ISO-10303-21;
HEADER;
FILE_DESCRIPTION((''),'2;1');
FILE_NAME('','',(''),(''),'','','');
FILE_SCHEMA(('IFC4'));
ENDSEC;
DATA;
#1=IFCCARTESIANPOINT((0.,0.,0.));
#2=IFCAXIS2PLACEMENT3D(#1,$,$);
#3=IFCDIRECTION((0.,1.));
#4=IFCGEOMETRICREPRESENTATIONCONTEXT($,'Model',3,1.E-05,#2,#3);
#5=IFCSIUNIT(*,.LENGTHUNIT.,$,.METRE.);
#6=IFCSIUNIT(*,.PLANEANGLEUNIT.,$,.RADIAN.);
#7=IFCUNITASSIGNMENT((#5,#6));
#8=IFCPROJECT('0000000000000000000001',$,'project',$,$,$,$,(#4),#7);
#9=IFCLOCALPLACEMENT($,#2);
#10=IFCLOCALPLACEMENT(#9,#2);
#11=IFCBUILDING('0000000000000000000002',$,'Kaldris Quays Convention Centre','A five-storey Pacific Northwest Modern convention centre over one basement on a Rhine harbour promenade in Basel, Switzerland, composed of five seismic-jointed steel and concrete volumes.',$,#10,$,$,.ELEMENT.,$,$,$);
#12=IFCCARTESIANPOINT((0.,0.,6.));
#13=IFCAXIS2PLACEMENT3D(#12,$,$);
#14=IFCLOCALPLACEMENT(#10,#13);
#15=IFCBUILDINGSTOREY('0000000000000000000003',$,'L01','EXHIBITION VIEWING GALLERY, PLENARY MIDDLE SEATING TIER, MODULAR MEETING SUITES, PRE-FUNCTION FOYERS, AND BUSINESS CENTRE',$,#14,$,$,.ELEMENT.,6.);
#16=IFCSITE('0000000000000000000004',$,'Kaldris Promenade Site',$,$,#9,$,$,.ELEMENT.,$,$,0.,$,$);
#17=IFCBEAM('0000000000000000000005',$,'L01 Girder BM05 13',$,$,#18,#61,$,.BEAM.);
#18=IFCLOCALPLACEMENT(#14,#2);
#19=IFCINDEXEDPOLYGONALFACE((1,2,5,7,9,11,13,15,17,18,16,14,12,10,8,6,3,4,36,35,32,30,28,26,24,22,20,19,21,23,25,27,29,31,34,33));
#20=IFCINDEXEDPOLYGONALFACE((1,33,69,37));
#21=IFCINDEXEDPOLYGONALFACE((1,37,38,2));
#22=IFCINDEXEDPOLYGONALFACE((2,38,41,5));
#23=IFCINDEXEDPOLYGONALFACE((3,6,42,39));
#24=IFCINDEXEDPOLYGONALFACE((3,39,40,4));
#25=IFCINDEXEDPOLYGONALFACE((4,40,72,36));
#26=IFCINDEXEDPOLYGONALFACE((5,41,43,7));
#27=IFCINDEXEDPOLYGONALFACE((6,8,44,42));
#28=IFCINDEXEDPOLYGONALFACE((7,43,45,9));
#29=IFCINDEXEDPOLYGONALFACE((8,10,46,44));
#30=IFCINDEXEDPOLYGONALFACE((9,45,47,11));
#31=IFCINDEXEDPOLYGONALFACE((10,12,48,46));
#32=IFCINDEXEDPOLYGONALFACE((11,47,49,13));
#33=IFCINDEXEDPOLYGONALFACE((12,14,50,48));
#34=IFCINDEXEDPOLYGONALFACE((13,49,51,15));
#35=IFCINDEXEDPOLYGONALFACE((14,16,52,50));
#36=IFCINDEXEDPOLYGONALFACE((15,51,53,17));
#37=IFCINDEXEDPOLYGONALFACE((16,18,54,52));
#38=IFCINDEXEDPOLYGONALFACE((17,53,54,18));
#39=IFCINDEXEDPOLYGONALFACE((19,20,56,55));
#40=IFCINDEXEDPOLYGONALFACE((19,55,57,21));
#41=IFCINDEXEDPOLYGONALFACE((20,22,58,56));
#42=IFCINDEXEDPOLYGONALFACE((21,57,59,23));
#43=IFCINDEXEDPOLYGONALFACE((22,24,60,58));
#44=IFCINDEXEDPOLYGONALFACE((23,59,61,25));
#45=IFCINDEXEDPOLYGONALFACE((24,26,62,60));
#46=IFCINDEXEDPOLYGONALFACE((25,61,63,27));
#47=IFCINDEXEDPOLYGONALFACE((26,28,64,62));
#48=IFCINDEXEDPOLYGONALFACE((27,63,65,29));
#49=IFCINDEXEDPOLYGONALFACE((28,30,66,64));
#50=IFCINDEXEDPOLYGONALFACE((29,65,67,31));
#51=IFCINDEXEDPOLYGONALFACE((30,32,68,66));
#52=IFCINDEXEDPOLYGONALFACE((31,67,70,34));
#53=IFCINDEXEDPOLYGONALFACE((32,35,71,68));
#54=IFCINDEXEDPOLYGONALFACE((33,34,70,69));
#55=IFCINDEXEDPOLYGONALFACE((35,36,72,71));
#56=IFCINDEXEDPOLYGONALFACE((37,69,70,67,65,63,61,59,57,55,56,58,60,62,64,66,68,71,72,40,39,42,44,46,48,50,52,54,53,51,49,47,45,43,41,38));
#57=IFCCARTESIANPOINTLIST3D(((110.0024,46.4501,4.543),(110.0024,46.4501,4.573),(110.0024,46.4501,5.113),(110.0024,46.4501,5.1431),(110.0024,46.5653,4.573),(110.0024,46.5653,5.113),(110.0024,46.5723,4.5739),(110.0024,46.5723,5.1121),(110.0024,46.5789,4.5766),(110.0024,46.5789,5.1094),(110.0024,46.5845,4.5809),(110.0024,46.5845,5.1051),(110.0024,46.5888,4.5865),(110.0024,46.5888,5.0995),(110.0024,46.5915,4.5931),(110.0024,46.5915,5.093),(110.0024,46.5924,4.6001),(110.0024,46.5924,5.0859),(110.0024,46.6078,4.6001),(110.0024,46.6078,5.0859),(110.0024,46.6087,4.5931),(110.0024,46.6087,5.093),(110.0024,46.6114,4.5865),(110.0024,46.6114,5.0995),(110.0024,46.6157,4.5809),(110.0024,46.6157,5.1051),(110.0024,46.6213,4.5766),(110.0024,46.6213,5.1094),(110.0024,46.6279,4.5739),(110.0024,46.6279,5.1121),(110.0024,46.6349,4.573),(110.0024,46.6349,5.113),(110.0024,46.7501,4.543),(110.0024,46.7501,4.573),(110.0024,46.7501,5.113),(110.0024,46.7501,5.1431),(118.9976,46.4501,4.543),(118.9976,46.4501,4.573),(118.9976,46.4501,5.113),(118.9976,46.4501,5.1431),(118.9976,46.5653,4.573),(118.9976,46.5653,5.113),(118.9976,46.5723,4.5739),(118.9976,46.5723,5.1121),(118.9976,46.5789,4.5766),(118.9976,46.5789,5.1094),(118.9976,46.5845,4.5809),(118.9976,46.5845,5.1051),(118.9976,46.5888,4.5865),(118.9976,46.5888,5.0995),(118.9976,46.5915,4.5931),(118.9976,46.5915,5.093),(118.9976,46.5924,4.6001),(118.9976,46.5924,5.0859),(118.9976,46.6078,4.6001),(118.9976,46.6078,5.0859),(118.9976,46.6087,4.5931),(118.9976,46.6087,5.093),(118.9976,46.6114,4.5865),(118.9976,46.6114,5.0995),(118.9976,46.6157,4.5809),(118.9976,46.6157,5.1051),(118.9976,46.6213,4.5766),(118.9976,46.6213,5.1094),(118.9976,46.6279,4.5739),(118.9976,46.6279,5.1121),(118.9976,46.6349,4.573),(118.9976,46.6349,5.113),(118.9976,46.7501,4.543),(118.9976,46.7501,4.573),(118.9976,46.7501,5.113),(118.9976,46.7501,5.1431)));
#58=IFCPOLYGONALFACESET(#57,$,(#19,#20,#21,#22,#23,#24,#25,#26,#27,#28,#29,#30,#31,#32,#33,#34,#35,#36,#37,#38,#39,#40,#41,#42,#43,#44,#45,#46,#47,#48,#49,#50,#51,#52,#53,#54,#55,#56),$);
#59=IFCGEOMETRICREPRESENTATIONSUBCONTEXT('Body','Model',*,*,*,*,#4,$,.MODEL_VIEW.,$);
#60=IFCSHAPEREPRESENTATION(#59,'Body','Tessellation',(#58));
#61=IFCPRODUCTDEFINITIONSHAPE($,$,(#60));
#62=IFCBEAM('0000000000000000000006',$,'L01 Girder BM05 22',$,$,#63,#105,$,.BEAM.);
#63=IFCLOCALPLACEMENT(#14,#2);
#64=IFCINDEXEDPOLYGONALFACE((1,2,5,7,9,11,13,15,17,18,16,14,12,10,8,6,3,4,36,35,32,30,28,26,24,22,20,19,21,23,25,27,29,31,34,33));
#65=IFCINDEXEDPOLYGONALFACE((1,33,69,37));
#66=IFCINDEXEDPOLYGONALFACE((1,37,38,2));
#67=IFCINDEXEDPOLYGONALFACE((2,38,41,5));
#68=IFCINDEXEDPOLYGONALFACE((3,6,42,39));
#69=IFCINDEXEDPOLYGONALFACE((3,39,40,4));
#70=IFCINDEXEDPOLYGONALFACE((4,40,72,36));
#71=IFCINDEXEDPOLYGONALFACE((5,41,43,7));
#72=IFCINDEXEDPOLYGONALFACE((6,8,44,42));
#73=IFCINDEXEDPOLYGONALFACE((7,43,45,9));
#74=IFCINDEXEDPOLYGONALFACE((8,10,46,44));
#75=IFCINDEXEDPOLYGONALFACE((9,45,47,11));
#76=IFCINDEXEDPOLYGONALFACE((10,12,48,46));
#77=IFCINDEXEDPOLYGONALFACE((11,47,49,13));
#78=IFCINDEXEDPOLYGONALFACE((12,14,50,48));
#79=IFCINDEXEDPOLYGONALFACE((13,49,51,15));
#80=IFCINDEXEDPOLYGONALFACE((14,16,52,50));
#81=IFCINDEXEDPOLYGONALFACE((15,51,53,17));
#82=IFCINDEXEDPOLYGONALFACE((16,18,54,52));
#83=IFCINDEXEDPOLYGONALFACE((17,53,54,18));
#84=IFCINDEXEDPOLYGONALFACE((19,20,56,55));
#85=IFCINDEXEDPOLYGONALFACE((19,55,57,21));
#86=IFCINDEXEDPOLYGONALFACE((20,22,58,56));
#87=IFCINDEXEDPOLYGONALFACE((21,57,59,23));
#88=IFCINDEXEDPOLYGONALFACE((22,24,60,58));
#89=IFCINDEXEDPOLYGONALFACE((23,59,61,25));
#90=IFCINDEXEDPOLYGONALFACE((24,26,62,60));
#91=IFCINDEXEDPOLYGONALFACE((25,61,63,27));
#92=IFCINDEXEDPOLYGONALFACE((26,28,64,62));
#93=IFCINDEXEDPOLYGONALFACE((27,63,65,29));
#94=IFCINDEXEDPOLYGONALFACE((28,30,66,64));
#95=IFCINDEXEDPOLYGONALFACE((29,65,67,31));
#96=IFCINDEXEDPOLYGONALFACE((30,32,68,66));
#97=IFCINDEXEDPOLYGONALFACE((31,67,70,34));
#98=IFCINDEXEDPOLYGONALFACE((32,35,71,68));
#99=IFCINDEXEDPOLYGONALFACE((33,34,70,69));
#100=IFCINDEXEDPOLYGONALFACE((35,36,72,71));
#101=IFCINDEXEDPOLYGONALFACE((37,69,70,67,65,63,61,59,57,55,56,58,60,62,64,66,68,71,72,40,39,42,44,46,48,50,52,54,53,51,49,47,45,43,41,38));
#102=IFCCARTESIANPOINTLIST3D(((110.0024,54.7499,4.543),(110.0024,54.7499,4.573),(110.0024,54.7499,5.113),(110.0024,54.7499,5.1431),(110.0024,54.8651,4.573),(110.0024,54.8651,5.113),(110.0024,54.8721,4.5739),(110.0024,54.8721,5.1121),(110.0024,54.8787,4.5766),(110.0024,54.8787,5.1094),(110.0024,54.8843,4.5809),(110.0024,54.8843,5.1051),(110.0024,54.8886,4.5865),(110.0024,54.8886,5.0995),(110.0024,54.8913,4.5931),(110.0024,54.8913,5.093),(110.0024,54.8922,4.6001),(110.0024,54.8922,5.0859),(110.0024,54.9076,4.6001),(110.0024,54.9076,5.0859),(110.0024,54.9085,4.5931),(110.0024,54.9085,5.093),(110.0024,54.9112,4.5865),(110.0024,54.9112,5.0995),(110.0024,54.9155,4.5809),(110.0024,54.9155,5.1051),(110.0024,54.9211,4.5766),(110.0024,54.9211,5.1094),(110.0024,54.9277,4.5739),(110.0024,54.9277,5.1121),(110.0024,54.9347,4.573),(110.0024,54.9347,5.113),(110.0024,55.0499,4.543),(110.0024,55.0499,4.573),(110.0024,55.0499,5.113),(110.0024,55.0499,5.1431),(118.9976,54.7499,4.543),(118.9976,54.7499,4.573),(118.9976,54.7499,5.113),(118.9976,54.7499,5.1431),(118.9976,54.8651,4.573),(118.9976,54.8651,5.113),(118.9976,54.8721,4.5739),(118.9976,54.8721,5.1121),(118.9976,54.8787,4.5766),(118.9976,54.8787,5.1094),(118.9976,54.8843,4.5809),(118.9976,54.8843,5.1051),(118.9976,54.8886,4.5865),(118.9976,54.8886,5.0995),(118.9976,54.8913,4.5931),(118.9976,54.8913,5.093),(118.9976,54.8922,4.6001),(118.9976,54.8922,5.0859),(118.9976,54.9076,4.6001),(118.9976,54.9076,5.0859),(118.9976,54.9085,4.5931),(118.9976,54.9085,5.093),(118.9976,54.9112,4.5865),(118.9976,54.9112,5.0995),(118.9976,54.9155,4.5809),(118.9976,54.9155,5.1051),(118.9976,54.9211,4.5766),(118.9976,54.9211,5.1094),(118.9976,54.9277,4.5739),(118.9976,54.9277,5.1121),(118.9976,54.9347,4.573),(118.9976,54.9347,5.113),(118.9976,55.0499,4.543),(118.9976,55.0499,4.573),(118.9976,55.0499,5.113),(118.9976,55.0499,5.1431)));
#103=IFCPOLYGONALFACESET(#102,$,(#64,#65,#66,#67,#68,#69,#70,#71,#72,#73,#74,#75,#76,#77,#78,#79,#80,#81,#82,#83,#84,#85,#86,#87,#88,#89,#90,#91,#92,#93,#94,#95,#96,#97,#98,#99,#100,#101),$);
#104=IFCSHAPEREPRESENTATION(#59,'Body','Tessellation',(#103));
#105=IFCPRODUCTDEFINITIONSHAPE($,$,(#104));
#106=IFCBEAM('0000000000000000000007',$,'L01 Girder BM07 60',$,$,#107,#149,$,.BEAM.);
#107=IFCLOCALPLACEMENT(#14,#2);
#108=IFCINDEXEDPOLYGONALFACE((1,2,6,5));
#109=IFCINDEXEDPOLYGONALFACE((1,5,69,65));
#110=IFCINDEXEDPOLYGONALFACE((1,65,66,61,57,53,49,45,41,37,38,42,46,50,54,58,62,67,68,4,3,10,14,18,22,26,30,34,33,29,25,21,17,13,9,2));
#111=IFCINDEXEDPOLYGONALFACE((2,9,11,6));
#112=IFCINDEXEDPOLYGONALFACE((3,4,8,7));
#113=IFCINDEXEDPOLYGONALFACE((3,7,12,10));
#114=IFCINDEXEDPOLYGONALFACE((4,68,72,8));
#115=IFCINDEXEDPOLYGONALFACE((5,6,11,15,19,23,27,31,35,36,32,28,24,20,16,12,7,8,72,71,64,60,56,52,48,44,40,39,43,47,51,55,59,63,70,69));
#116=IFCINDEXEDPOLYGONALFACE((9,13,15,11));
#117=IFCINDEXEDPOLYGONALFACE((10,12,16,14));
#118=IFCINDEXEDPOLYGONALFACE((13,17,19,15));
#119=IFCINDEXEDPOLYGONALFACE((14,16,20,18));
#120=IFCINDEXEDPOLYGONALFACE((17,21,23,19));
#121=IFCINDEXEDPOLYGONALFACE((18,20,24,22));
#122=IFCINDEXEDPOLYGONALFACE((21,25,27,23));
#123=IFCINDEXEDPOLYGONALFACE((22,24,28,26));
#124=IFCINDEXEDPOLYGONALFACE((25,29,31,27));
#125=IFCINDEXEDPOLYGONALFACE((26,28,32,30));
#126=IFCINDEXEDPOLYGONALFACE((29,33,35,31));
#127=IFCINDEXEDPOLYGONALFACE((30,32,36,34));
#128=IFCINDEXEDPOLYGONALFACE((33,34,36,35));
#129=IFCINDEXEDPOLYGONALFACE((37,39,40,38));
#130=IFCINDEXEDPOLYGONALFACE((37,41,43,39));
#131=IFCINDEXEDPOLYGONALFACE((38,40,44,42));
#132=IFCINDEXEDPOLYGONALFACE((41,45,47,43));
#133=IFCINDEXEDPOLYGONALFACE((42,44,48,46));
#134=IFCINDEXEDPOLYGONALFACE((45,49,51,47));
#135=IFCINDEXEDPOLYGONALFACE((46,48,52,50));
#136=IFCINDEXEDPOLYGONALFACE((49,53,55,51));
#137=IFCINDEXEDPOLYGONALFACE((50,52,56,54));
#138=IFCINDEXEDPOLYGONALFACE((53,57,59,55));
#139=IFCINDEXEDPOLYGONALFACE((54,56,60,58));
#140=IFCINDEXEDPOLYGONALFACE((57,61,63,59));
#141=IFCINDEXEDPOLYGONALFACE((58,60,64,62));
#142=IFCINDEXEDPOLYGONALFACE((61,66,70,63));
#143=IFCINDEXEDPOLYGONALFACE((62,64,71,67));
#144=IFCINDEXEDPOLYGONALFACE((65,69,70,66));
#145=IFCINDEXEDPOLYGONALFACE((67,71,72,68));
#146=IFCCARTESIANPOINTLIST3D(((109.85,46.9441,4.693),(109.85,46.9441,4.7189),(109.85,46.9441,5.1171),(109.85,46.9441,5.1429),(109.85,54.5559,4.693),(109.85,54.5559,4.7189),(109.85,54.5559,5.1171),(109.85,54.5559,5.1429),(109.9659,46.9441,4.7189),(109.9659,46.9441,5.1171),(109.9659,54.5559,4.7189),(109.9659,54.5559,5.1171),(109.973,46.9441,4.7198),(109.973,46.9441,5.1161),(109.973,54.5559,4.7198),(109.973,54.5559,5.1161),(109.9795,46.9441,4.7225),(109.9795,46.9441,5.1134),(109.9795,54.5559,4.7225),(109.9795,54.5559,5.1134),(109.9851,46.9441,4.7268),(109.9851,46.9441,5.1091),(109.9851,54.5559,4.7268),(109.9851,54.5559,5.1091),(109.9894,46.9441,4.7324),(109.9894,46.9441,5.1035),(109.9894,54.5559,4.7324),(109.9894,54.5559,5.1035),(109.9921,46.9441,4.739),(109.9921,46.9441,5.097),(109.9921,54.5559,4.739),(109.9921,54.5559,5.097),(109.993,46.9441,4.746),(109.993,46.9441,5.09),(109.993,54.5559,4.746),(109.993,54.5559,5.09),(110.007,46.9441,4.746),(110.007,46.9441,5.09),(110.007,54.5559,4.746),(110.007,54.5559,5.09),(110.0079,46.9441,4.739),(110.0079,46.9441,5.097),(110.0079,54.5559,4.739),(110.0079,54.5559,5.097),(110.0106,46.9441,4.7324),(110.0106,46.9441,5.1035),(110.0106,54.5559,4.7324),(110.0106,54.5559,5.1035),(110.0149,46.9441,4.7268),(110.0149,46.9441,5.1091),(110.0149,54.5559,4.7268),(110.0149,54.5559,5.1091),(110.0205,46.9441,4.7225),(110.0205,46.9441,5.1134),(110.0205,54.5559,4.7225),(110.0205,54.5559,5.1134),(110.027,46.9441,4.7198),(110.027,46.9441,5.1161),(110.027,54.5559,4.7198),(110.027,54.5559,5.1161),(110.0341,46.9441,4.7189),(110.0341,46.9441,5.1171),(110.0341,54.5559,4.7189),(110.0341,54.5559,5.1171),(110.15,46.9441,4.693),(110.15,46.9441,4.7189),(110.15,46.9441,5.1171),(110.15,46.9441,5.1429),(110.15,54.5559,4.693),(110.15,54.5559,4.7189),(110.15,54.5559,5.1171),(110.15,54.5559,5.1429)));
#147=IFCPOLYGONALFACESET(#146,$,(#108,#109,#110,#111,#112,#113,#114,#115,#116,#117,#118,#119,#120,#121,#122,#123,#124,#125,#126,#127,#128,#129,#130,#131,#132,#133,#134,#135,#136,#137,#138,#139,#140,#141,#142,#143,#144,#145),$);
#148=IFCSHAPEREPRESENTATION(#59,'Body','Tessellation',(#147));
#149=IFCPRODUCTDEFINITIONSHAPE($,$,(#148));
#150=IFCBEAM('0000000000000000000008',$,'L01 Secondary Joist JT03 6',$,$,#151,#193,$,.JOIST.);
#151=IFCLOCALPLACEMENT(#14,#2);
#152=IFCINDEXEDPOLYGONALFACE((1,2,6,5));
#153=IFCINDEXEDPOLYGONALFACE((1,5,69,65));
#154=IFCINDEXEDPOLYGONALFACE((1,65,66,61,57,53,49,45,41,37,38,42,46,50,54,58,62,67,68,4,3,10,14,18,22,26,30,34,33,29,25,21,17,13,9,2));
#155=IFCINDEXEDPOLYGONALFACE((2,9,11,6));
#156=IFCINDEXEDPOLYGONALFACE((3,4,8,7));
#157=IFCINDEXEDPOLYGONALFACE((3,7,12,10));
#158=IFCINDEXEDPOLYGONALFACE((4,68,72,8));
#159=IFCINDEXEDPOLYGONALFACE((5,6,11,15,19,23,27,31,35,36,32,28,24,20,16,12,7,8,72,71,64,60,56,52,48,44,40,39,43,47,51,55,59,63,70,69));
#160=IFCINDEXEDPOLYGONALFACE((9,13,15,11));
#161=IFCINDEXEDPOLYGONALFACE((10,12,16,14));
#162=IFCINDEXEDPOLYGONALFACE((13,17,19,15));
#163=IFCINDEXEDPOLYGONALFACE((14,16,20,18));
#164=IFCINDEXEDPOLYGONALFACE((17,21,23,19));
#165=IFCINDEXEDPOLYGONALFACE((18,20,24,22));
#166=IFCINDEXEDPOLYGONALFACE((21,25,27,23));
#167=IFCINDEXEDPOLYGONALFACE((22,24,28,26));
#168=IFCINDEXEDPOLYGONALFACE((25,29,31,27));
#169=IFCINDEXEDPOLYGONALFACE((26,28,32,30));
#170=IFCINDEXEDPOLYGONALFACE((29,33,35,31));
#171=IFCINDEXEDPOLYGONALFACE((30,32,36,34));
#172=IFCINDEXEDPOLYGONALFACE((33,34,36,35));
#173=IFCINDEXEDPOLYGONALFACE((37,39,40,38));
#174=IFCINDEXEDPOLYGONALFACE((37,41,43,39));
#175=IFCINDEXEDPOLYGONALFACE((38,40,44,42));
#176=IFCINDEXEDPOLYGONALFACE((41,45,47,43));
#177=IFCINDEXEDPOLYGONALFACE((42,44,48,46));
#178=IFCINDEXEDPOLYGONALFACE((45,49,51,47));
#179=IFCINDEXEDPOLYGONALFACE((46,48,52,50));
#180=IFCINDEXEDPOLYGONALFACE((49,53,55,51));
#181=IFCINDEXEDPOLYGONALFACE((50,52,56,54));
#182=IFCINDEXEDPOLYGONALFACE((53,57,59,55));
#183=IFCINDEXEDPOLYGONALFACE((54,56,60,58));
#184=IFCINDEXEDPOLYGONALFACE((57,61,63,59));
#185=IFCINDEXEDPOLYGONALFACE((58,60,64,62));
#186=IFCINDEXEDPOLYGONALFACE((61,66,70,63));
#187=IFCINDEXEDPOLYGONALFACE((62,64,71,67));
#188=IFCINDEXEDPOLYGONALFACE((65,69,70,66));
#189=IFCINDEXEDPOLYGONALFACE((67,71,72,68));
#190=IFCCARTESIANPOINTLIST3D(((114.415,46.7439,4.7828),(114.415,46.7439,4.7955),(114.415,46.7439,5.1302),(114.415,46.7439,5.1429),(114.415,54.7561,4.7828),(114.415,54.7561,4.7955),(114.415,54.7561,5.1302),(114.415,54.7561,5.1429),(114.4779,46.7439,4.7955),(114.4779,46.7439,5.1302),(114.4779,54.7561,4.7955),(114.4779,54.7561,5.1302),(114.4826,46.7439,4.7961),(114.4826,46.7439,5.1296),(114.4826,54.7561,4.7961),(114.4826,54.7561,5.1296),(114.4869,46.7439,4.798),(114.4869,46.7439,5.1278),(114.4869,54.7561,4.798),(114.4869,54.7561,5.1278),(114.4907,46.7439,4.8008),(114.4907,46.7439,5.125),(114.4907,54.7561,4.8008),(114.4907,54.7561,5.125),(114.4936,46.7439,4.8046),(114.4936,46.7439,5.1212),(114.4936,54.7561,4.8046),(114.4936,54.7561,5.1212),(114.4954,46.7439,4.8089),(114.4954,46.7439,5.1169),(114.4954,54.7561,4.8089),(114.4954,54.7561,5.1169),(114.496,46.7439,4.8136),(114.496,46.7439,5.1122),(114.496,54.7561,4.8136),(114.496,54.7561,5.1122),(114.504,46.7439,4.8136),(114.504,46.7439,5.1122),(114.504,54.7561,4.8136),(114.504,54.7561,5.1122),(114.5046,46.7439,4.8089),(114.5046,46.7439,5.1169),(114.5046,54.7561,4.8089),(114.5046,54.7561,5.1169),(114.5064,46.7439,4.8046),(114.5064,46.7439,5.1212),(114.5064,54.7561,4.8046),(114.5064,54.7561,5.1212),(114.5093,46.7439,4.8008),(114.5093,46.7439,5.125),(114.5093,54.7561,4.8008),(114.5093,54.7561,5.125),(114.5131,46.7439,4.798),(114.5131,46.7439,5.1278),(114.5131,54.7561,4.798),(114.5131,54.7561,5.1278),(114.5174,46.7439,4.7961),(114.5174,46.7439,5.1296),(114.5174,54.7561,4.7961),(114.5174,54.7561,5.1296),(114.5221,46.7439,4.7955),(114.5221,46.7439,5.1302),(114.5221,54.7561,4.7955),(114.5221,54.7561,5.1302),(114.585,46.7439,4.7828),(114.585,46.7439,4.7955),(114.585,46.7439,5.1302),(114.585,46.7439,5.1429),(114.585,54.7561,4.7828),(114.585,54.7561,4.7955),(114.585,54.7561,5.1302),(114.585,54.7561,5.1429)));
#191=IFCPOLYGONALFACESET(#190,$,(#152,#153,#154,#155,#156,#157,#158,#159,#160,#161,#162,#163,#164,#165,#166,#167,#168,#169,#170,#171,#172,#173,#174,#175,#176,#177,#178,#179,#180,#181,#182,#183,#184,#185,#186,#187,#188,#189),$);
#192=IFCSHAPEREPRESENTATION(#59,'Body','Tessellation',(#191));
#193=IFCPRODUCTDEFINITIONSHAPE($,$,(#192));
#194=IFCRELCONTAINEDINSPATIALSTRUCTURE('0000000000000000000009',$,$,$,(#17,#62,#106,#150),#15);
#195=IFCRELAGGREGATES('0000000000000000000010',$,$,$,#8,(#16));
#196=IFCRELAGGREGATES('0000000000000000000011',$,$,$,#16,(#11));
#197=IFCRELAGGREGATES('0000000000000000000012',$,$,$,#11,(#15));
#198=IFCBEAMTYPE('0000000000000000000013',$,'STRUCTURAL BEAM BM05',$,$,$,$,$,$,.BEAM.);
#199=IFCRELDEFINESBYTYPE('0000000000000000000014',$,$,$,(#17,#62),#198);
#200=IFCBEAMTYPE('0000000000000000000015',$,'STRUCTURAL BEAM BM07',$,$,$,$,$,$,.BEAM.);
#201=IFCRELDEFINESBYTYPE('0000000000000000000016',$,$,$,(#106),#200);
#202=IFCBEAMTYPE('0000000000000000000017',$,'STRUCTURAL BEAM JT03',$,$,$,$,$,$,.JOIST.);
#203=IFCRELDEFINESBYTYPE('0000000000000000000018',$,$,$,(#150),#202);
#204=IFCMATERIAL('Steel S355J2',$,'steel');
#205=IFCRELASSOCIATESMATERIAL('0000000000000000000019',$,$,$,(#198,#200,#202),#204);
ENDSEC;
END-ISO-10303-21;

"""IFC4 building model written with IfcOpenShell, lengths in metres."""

from ifc_helpers import new_model, si_unit, direction, frame, origin, origin_2d, place, context, subcontext, project, spatial, i_section, extrude, material, material_profile, profile_set, type_object, element, save


model = new_model("IFC4")

# Units and contexts
model_context = context("Model", 3, precision=1e-05, world=origin(), true_north=direction((0.0, 1.0)))
body_context = subcontext(model_context, "Body", "Model", "MODEL_VIEW")
ifc_project = project(units=[si_unit("LENGTHUNIT", "METRE"), si_unit("PLANEANGLEUNIT", "RADIAN")], contexts=[model_context])

# Site, building, storey
site_placement = place(None, origin())
site = spatial("IfcSite", under=ifc_project, at=site_placement, Name="Kaldris Promenade Site", CompositionType="ELEMENT", RefElevation=0.0)
building_placement = place(site_placement, origin())
building = spatial("IfcBuilding", under=site, at=building_placement, Name="Kaldris Quays Convention Centre", Description="A five-storey Pacific Northwest Modern convention centre over one basement on a Rhine harbour promenade in Basel, Switzerland, composed of five seismic-jointed steel and concrete volumes.", CompositionType="ELEMENT")
storey_placement = place(building_placement, frame((0.0, 0.0, 6.0)))
storey = spatial("IfcBuildingStorey", under=building, at=storey_placement, Name="L01", Description="EXHIBITION VIEWING GALLERY, PLENARY MIDDLE SEATING TIER, MODULAR MEETING SUITES, PRE-FUNCTION FOYERS, AND BUSINESS CENTRE", CompositionType="ELEMENT", Elevation=6.0)

# Beams
ifc_material_1 = material(Name="Steel S355J2", Category="steel")
ifc_material_profile_1 = material_profile(ifc_material_1, i_section(OverallWidth=0.3, OverallDepth=0.6001, WebThickness=0.0154, FlangeThickness=0.03, FilletRadius=0.0271, at=origin_2d()), Name="HEB 600")
ifc_profile_set_1 = profile_set([ifc_material_profile_1], Name="Steel S355J2")
beam_type_1 = type_object("IfcBeamType", Name="STRUCTURAL BEAM BM05", PredefinedType="BEAM", material=ifc_profile_set_1)
for number, where, z_axis, x_axis, name in (
    (1, (110.0024, 46.6001, 4.843), (1.0, 0.0, 0.0), (0.0, 1.0, 0.0), "L01 Girder BM05 13"),
    (2, (110.0024, 54.8999, 4.843), (1.0, 0.0, 0.0), (0.0, 1.0, 0.0), "L01 Girder BM05 22"),
):
    element("IfcBeam", number, at=place(storey_placement, frame(where, z_axis=z_axis, x_axis=x_axis)), inside=storey, type_object=beam_type_1, Name=name, PredefinedType="BEAM", context=body_context, shape_type="SweptSolid", body=[
        extrude(i_section(OverallWidth=0.3, OverallDepth=0.6001, WebThickness=0.0154, FlangeThickness=0.03, FilletRadius=0.0271, at=origin_2d()), origin(), (0.0, 0.0, 1.0), 8.9951),
    ])
ifc_material_profile_2 = material_profile(ifc_material_1, i_section(OverallWidth=0.3, OverallDepth=0.45, WebThickness=0.0139, FlangeThickness=0.0259, FilletRadius=0.0271, at=origin_2d()), Name="HEB 450")
ifc_profile_set_2 = profile_set([ifc_material_profile_2], Name="Steel S355J2")
beam_type_2 = type_object("IfcBeamType", Name="STRUCTURAL BEAM BM07", PredefinedType="BEAM", material=ifc_profile_set_2)
beam_1_placement = place(storey_placement, frame((110.0, 46.9441, 4.918), z_axis=(0.0, 1.0, 0.0), x_axis=(-1.0, 0.0, 0.0)))
element("IfcBeam", 3, at=beam_1_placement, inside=storey, type_object=beam_type_2, Name="L01 Girder BM07 60", PredefinedType="BEAM", context=body_context, shape_type="SweptSolid", body=[
    extrude(i_section(OverallWidth=0.3, OverallDepth=0.45, WebThickness=0.0139, FlangeThickness=0.0259, FilletRadius=0.0271, at=origin_2d()), origin(), (0.0, 0.0, 1.0), 7.6118),
])
ifc_material_profile_3 = material_profile(ifc_material_1, i_section(OverallWidth=0.1699, OverallDepth=0.3601, WebThickness=0.0081, FlangeThickness=0.0127, FilletRadius=0.0181, at=origin_2d()), Name="IPE 360")
ifc_profile_set_3 = profile_set([ifc_material_profile_3], Name="Steel S355J2")
beam_type_3 = type_object("IfcBeamType", Name="STRUCTURAL BEAM JT03", PredefinedType="JOIST", material=ifc_profile_set_3)
beam_2_placement = place(storey_placement, frame((114.5, 46.7439, 4.9629), z_axis=(0.0, 1.0, 0.0), x_axis=(-1.0, 0.0, 0.0)))
element("IfcBeam", 4, at=beam_2_placement, inside=storey, type_object=beam_type_3, Name="L01 Secondary Joist JT03 6", PredefinedType="JOIST", context=body_context, shape_type="SweptSolid", body=[
    extrude(i_section(OverallWidth=0.1699, OverallDepth=0.3601, WebThickness=0.0081, FlangeThickness=0.0127, FilletRadius=0.0181, at=origin_2d()), origin(), (0.0, 0.0, 1.0), 8.0122),
])

save(model, "model.ifc")
